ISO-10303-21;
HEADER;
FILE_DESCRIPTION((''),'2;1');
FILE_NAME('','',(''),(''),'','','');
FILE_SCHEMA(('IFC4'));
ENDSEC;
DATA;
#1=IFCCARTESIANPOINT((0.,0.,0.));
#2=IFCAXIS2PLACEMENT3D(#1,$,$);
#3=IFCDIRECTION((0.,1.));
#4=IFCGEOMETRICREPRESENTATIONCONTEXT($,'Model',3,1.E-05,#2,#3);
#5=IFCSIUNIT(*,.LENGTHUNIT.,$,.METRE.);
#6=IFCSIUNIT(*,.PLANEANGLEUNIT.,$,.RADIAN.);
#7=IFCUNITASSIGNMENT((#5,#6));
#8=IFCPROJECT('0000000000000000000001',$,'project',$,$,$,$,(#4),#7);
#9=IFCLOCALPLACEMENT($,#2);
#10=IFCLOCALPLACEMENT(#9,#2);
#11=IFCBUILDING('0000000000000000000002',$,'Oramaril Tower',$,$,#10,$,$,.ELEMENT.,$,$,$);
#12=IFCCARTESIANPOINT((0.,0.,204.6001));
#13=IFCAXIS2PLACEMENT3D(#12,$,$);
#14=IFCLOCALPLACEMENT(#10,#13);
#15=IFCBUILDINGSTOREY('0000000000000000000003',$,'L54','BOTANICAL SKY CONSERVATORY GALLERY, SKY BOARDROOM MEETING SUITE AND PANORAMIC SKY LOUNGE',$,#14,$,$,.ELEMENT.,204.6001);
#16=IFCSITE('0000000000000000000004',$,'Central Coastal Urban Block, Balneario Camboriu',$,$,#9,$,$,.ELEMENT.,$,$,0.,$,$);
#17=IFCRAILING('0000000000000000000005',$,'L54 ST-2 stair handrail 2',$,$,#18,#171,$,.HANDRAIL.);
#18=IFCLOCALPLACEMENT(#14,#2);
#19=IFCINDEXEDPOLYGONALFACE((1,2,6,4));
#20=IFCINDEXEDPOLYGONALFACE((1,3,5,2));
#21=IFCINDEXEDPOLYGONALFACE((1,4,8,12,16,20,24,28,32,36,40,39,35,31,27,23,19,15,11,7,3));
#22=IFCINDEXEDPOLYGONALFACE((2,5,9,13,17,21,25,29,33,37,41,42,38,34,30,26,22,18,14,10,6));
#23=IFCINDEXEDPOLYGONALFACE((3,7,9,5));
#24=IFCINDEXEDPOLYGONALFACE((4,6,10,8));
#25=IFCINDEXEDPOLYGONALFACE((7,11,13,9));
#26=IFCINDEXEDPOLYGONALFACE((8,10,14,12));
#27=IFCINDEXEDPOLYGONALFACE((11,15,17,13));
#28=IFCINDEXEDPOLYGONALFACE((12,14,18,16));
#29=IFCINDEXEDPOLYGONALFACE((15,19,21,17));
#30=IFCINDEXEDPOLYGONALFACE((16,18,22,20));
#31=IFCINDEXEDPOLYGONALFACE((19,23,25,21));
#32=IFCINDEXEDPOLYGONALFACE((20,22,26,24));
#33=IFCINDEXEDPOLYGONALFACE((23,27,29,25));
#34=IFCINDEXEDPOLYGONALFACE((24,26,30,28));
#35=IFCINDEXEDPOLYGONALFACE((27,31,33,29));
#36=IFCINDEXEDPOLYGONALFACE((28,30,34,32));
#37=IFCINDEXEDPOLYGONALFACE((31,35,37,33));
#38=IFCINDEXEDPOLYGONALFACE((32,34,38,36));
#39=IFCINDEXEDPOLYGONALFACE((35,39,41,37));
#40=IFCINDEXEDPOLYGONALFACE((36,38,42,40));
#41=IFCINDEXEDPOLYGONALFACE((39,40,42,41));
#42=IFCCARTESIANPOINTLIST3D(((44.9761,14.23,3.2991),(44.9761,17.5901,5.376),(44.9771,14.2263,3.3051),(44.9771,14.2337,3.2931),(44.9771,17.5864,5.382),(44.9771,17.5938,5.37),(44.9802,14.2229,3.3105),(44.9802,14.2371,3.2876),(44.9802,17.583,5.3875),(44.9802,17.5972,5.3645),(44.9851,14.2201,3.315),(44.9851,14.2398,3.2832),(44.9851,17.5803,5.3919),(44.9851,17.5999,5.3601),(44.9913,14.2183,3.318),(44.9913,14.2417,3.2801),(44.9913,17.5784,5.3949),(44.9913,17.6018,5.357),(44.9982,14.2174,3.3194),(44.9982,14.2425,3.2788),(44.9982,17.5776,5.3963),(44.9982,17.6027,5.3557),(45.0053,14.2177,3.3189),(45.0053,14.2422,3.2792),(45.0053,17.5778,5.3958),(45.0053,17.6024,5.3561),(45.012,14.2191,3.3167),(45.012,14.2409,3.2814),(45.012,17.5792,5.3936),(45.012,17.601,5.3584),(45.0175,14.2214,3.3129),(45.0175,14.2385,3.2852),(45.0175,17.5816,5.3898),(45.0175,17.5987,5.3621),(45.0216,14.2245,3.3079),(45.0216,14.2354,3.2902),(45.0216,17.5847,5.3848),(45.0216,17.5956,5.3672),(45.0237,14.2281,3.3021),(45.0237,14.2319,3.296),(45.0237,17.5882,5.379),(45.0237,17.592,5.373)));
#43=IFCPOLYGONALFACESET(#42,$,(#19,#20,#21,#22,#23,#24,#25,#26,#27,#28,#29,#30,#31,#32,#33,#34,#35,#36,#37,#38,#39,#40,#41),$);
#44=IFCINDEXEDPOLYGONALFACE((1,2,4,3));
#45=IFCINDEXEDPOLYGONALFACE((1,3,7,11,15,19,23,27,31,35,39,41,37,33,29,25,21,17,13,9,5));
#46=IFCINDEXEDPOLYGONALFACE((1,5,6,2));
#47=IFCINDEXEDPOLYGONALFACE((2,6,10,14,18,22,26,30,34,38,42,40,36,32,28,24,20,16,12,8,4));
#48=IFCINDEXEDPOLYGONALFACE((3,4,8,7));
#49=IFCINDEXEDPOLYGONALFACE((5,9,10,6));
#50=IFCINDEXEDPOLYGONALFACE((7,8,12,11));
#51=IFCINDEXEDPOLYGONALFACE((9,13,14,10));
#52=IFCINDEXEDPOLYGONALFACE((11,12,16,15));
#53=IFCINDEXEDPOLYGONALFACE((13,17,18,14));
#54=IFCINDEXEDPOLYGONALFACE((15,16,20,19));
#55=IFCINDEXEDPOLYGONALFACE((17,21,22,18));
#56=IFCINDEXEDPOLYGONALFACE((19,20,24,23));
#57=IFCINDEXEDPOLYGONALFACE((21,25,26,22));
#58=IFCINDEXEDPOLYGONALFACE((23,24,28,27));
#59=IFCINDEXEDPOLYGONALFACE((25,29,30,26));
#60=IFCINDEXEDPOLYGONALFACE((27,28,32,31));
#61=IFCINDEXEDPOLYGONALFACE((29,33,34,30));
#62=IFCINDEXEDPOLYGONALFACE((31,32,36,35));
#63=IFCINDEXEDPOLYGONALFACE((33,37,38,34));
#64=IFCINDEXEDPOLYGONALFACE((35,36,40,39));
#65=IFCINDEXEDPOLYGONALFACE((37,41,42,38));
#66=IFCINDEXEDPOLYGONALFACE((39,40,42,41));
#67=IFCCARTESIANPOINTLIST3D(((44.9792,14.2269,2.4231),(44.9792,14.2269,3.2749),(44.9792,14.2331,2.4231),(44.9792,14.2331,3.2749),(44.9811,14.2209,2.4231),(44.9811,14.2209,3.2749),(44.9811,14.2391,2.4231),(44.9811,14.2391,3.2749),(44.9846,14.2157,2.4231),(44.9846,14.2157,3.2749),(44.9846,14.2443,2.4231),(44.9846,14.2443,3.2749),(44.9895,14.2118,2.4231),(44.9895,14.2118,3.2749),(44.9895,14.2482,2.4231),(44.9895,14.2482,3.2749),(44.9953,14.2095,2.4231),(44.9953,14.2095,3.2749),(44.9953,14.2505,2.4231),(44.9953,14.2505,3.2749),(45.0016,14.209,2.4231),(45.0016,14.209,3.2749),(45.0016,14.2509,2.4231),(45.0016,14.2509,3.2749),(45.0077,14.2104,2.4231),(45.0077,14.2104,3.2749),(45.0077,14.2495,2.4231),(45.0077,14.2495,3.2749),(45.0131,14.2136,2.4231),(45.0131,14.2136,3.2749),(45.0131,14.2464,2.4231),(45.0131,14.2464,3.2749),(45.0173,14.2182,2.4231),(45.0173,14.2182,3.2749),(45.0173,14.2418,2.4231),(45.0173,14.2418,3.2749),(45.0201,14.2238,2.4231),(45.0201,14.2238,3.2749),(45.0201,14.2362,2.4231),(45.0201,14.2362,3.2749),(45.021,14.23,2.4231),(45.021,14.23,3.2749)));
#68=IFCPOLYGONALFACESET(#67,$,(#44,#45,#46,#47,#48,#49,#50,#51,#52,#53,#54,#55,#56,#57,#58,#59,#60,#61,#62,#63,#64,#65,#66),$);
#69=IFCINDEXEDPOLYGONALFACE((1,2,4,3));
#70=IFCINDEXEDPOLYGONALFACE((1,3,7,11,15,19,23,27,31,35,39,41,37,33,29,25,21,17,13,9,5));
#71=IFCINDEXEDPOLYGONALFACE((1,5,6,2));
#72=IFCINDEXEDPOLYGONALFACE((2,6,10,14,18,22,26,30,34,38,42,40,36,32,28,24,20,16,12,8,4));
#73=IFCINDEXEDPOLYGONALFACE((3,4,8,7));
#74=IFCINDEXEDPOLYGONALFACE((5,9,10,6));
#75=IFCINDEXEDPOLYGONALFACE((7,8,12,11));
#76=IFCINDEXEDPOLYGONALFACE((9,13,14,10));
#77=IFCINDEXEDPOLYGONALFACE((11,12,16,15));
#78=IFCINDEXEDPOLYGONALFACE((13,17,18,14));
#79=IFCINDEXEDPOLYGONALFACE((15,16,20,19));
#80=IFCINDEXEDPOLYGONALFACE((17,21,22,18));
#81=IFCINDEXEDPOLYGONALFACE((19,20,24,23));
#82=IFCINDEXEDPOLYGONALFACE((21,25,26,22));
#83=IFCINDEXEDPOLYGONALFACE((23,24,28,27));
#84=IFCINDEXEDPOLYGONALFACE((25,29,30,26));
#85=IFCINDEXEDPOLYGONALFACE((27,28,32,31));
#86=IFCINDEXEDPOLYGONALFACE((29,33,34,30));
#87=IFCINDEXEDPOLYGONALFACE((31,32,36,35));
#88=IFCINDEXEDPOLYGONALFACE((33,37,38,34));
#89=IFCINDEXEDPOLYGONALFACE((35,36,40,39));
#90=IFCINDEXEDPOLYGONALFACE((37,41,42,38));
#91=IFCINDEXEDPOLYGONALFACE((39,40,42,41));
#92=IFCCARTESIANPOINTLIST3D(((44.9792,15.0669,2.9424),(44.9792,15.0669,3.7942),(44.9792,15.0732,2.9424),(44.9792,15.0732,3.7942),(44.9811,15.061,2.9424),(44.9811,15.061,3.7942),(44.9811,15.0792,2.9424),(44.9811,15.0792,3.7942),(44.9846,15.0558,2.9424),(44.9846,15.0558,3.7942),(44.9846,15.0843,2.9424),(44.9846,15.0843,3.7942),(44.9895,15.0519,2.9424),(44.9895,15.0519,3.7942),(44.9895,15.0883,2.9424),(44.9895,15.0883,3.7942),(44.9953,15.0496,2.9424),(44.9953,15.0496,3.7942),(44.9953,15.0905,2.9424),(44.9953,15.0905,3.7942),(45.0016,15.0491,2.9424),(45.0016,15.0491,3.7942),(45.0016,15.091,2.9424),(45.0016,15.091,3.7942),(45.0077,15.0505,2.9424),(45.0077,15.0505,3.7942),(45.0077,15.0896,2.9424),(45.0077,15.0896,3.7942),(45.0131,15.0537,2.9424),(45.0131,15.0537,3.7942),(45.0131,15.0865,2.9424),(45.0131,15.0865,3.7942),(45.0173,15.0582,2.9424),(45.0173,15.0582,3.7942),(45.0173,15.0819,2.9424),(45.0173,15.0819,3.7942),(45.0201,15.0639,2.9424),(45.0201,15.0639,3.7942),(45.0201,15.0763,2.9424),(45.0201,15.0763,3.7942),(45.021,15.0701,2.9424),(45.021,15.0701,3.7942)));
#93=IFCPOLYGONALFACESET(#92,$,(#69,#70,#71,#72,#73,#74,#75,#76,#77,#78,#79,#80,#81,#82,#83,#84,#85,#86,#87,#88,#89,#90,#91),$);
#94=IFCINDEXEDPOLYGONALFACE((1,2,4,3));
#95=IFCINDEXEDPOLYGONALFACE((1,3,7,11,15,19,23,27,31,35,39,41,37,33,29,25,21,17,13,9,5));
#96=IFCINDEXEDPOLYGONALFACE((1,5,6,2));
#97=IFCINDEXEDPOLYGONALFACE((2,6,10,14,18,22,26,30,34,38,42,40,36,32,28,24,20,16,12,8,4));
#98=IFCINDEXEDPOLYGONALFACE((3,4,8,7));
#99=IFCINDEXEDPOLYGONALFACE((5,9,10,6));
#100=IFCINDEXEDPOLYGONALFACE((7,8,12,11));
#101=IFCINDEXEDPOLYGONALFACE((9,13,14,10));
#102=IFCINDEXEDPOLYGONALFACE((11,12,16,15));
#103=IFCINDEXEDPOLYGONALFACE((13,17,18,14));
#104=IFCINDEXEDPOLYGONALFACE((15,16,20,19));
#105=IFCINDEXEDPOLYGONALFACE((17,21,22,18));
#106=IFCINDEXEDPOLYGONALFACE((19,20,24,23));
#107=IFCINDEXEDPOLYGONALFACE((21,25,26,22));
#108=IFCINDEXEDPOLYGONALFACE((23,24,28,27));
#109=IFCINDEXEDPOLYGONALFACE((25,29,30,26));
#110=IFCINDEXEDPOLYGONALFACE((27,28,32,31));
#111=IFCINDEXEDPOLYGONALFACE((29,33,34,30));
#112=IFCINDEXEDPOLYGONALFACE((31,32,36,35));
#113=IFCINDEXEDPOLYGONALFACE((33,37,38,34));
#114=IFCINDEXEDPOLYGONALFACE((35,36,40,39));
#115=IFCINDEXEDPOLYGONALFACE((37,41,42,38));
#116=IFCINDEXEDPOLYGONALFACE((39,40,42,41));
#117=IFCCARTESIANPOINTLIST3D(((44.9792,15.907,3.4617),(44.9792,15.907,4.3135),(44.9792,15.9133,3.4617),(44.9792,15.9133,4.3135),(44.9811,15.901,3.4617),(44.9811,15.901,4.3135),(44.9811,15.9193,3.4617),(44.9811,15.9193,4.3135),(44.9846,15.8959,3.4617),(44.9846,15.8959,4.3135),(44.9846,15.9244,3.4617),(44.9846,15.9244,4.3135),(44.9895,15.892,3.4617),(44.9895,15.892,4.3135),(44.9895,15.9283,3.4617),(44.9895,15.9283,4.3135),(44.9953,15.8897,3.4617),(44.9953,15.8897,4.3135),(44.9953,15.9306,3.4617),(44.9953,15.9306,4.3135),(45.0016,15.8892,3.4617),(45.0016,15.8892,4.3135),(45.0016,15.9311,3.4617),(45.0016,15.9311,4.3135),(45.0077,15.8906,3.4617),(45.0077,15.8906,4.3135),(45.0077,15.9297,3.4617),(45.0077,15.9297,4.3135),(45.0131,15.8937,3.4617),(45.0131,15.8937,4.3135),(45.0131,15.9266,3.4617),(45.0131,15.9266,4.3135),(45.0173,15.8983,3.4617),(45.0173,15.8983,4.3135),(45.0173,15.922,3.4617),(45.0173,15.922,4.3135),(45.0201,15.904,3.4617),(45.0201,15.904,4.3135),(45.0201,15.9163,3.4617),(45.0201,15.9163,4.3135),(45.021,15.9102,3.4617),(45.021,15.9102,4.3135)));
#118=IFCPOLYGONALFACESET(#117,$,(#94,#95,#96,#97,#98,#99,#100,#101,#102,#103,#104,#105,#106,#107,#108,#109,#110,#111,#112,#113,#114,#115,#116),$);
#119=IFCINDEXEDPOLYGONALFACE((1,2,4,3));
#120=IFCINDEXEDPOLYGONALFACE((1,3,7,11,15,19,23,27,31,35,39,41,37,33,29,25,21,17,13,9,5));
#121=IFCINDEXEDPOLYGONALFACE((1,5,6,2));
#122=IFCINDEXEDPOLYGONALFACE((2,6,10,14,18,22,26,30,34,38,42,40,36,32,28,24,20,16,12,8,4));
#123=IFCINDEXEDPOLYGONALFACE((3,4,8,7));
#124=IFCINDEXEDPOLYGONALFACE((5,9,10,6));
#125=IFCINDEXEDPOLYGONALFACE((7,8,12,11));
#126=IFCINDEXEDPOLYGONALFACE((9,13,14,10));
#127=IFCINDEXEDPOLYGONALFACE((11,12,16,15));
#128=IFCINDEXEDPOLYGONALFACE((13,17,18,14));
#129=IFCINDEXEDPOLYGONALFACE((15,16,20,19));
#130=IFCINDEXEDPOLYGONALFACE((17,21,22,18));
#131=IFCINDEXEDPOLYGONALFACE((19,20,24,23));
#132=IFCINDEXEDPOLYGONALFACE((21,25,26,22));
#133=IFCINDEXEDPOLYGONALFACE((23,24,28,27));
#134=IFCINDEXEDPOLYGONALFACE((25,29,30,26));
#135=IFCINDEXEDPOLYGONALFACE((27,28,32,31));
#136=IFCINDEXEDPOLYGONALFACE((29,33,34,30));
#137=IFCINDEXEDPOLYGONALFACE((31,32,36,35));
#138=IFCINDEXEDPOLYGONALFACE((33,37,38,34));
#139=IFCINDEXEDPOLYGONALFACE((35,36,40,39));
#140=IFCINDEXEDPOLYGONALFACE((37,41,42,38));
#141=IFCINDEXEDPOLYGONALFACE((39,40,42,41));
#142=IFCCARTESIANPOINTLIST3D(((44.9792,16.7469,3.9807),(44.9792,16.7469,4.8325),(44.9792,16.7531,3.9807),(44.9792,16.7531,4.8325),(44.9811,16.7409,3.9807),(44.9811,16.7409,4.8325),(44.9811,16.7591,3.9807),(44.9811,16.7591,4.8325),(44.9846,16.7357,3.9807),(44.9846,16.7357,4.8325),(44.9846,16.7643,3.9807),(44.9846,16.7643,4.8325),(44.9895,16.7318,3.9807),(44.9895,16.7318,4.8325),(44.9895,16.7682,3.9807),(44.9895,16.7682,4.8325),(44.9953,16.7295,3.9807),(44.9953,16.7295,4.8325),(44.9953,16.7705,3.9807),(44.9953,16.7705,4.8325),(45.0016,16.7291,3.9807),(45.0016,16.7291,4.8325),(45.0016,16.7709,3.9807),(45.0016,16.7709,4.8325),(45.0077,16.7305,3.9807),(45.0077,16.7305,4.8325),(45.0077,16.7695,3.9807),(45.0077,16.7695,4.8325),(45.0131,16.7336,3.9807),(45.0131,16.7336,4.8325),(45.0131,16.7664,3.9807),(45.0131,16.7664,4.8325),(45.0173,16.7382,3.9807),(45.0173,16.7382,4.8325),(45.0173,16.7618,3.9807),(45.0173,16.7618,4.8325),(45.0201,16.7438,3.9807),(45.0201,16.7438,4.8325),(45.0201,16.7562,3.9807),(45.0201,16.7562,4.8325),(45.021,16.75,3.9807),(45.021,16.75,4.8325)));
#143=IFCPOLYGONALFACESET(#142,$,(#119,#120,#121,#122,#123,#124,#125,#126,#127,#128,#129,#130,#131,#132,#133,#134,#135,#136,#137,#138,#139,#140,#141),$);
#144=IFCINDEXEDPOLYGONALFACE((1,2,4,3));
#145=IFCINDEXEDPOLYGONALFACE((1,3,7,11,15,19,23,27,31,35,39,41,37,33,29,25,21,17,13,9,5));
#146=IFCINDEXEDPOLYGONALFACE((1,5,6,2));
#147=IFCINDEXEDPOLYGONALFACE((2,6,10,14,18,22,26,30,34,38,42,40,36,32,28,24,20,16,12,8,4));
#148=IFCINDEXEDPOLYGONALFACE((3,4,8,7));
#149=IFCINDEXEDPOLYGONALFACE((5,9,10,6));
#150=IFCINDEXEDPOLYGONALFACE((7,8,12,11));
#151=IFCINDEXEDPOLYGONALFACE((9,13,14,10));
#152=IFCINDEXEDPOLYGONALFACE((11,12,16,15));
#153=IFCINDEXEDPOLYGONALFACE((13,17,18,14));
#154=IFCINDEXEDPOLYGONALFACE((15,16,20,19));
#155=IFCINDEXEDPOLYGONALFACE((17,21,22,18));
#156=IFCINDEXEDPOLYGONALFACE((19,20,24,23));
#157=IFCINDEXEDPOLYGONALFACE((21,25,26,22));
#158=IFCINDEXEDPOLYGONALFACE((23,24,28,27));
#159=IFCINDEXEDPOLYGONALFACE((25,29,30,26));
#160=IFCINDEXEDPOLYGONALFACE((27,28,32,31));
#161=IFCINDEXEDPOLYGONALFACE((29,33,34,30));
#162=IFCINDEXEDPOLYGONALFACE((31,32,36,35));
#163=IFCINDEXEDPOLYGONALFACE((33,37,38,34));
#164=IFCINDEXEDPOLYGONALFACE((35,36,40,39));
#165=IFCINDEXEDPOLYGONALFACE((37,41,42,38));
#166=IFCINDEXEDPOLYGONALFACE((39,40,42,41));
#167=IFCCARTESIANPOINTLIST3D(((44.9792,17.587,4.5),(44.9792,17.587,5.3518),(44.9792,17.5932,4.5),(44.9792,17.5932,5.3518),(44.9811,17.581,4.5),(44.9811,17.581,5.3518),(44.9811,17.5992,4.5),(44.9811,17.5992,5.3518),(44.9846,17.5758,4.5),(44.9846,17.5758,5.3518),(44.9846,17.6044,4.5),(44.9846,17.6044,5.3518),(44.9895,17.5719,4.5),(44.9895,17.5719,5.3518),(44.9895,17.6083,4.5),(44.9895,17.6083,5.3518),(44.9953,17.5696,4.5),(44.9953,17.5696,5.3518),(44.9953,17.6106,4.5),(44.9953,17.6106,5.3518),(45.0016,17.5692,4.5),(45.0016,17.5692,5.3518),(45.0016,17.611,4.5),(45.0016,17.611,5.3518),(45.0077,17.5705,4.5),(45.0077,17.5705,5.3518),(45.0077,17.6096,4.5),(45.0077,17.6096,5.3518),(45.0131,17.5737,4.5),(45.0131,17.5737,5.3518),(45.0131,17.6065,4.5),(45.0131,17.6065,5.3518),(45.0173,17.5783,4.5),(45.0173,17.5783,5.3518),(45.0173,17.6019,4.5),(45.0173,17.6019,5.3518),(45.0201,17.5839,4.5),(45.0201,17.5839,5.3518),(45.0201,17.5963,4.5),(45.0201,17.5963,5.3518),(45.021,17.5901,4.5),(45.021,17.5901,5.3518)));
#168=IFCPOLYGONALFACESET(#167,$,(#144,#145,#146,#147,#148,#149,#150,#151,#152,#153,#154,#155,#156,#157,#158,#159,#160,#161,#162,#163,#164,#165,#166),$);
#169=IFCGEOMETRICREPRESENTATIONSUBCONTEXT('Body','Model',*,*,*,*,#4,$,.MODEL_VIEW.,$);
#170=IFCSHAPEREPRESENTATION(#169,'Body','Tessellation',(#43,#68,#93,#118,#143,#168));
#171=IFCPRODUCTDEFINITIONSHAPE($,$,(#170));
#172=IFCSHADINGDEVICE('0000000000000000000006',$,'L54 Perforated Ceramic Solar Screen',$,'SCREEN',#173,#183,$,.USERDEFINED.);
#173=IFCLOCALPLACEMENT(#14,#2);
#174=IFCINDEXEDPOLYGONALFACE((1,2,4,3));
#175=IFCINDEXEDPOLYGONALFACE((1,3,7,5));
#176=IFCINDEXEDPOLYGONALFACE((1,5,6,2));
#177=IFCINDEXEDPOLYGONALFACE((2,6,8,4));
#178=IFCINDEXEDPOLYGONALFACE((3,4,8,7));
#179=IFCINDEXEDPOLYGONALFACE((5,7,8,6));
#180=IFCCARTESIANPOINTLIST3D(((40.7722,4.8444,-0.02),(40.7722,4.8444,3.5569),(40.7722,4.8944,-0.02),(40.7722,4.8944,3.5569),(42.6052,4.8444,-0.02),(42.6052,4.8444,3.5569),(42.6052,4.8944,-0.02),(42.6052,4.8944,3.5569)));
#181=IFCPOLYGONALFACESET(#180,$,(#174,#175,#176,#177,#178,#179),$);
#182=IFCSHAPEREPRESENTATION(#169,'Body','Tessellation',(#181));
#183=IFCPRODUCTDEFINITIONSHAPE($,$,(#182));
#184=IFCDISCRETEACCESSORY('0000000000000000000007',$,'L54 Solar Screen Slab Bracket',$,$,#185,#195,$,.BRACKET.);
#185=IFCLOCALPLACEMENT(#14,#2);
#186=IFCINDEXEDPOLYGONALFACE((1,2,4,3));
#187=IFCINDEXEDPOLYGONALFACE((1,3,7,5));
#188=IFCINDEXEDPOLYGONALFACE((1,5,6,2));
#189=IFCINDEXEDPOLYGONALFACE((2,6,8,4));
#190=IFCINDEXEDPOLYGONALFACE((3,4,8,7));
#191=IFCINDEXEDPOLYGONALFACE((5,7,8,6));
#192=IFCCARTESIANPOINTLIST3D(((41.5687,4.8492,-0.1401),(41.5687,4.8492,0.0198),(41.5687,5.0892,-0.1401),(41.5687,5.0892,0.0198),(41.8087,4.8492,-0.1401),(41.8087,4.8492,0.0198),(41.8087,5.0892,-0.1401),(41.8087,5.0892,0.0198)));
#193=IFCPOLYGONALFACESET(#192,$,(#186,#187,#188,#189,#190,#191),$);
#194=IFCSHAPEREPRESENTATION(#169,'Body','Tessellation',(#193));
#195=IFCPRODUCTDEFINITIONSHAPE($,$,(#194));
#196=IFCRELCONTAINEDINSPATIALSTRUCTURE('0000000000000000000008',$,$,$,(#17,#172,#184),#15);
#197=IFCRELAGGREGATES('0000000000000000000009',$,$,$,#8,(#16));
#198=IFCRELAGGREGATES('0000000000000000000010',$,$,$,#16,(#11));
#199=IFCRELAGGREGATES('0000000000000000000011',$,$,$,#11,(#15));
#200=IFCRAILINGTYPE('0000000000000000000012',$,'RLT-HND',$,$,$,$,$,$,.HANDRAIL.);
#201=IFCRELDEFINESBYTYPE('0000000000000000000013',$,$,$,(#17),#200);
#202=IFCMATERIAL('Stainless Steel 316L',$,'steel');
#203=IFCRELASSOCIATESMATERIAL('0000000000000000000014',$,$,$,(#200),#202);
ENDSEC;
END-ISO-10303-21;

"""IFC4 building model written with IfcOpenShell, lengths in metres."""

from ifc_helpers import new_model, si_unit, direction, frame, origin, origin_2d, place, context, subcontext, project, spatial, rectangle, circle, extrude, material, type_object, element, save


model = new_model("IFC4")

# Units and contexts
model_context = context("Model", 3, precision=1e-05, world=origin(), true_north=direction((0.0, 1.0)))
body_context = subcontext(model_context, "Body", "Model", "MODEL_VIEW")
ifc_project = project(units=[si_unit("LENGTHUNIT", "METRE"), si_unit("PLANEANGLEUNIT", "RADIAN")], contexts=[model_context])

# Site, building, storey
site_placement = place(None, origin())
site = spatial("IfcSite", under=ifc_project, at=site_placement, Name="Central Coastal Urban Block, Balneario Camboriu", CompositionType="ELEMENT", RefElevation=0.0)
building_placement = place(site_placement, origin())
building = spatial("IfcBuilding", under=site, at=building_placement, Name="Oramaril Tower", CompositionType="ELEMENT")
storey_placement = place(building_placement, frame((0.0, 0.0, 204.6001)))
storey = spatial("IfcBuildingStorey", under=building, at=storey_placement, Name="L54", Description="BOTANICAL SKY CONSERVATORY GALLERY, SKY BOARDROOM MEETING SUITE AND PANORAMIC SKY LOUNGE", CompositionType="ELEMENT", Elevation=204.6001)

# Railing
ifc_material_1 = material(Name="Stainless Steel 316L", Category="steel")
railing_type_1 = type_object("IfcRailingType", Name="RLT-HND", PredefinedType="HANDRAIL", material=ifc_material_1)
railing_1_placement = place(storey_placement, frame((45.0, 14.23, 2.4231)))
element("IfcRailing", 1, at=railing_1_placement, inside=storey, type_object=railing_type_1, Name="L54 ST-2 stair handrail 2", PredefinedType="HANDRAIL", context=body_context, shape_type="SweptSolid", body=[
    extrude(circle(Radius=0.0239, at=origin_2d()), frame((0.0, 0.0, 0.876), z_axis=(0.0, 0.850623, 0.525776), x_axis=(-1.0, 0.0, 0.0)), (0.0, 0.0, 1.0), 3.9502),
    extrude(circle(Radius=0.021, at=origin_2d()), origin(), (0.0, 0.0, 1.0), 0.8518),
    extrude(circle(Radius=0.021, at=origin_2d()), frame((0.0, 0.8401, 0.5193)), (0.0, 0.0, 1.0), 0.8518),
    extrude(circle(Radius=0.021, at=origin_2d()), frame((0.0, 1.6802, 1.0386)), (0.0, 0.0, 1.0), 0.8518),
    extrude(circle(Radius=0.021, at=origin_2d()), frame((0.0, 2.52, 1.5576)), (0.0, 0.0, 1.0), 0.8518),
    extrude(circle(Radius=0.021, at=origin_2d()), frame((0.0, 3.3601, 2.0769)), (0.0, 0.0, 1.0), 0.8518),
])

# Shading device
shading_device_placement = place(storey_placement, frame((41.6887, 4.8694, -0.02), z_axis=(0.0, 0.0, 1.0), x_axis=(1.0, 0.0, 0.0)))
element("IfcShadingDevice", 2, at=shading_device_placement, inside=storey, Name="L54 Perforated Ceramic Solar Screen", ObjectType="SCREEN", PredefinedType="USERDEFINED", context=body_context, shape_type="SweptSolid", body=[
    extrude(rectangle(XDim=1.833, YDim=0.05, at=origin_2d()), origin(), (0.0, 0.0, 1.0), 3.5769),
])

# Discrete accessory
discrete_accessory_placement = place(storey_placement, frame((41.6887, 4.9692, -0.1401), z_axis=(0.0, 0.0, 1.0), x_axis=(1.0, 0.0, 0.0)))
element("IfcDiscreteAccessory", 3, at=discrete_accessory_placement, inside=storey, Name="L54 Solar Screen Slab Bracket", PredefinedType="BRACKET", context=body_context, shape_type="SweptSolid", body=[
    extrude(rectangle(XDim=0.24, YDim=0.24, at=origin_2d()), origin(), (0.0, 0.0, 1.0), 0.1599),
])

save(model, "model.ifc")
